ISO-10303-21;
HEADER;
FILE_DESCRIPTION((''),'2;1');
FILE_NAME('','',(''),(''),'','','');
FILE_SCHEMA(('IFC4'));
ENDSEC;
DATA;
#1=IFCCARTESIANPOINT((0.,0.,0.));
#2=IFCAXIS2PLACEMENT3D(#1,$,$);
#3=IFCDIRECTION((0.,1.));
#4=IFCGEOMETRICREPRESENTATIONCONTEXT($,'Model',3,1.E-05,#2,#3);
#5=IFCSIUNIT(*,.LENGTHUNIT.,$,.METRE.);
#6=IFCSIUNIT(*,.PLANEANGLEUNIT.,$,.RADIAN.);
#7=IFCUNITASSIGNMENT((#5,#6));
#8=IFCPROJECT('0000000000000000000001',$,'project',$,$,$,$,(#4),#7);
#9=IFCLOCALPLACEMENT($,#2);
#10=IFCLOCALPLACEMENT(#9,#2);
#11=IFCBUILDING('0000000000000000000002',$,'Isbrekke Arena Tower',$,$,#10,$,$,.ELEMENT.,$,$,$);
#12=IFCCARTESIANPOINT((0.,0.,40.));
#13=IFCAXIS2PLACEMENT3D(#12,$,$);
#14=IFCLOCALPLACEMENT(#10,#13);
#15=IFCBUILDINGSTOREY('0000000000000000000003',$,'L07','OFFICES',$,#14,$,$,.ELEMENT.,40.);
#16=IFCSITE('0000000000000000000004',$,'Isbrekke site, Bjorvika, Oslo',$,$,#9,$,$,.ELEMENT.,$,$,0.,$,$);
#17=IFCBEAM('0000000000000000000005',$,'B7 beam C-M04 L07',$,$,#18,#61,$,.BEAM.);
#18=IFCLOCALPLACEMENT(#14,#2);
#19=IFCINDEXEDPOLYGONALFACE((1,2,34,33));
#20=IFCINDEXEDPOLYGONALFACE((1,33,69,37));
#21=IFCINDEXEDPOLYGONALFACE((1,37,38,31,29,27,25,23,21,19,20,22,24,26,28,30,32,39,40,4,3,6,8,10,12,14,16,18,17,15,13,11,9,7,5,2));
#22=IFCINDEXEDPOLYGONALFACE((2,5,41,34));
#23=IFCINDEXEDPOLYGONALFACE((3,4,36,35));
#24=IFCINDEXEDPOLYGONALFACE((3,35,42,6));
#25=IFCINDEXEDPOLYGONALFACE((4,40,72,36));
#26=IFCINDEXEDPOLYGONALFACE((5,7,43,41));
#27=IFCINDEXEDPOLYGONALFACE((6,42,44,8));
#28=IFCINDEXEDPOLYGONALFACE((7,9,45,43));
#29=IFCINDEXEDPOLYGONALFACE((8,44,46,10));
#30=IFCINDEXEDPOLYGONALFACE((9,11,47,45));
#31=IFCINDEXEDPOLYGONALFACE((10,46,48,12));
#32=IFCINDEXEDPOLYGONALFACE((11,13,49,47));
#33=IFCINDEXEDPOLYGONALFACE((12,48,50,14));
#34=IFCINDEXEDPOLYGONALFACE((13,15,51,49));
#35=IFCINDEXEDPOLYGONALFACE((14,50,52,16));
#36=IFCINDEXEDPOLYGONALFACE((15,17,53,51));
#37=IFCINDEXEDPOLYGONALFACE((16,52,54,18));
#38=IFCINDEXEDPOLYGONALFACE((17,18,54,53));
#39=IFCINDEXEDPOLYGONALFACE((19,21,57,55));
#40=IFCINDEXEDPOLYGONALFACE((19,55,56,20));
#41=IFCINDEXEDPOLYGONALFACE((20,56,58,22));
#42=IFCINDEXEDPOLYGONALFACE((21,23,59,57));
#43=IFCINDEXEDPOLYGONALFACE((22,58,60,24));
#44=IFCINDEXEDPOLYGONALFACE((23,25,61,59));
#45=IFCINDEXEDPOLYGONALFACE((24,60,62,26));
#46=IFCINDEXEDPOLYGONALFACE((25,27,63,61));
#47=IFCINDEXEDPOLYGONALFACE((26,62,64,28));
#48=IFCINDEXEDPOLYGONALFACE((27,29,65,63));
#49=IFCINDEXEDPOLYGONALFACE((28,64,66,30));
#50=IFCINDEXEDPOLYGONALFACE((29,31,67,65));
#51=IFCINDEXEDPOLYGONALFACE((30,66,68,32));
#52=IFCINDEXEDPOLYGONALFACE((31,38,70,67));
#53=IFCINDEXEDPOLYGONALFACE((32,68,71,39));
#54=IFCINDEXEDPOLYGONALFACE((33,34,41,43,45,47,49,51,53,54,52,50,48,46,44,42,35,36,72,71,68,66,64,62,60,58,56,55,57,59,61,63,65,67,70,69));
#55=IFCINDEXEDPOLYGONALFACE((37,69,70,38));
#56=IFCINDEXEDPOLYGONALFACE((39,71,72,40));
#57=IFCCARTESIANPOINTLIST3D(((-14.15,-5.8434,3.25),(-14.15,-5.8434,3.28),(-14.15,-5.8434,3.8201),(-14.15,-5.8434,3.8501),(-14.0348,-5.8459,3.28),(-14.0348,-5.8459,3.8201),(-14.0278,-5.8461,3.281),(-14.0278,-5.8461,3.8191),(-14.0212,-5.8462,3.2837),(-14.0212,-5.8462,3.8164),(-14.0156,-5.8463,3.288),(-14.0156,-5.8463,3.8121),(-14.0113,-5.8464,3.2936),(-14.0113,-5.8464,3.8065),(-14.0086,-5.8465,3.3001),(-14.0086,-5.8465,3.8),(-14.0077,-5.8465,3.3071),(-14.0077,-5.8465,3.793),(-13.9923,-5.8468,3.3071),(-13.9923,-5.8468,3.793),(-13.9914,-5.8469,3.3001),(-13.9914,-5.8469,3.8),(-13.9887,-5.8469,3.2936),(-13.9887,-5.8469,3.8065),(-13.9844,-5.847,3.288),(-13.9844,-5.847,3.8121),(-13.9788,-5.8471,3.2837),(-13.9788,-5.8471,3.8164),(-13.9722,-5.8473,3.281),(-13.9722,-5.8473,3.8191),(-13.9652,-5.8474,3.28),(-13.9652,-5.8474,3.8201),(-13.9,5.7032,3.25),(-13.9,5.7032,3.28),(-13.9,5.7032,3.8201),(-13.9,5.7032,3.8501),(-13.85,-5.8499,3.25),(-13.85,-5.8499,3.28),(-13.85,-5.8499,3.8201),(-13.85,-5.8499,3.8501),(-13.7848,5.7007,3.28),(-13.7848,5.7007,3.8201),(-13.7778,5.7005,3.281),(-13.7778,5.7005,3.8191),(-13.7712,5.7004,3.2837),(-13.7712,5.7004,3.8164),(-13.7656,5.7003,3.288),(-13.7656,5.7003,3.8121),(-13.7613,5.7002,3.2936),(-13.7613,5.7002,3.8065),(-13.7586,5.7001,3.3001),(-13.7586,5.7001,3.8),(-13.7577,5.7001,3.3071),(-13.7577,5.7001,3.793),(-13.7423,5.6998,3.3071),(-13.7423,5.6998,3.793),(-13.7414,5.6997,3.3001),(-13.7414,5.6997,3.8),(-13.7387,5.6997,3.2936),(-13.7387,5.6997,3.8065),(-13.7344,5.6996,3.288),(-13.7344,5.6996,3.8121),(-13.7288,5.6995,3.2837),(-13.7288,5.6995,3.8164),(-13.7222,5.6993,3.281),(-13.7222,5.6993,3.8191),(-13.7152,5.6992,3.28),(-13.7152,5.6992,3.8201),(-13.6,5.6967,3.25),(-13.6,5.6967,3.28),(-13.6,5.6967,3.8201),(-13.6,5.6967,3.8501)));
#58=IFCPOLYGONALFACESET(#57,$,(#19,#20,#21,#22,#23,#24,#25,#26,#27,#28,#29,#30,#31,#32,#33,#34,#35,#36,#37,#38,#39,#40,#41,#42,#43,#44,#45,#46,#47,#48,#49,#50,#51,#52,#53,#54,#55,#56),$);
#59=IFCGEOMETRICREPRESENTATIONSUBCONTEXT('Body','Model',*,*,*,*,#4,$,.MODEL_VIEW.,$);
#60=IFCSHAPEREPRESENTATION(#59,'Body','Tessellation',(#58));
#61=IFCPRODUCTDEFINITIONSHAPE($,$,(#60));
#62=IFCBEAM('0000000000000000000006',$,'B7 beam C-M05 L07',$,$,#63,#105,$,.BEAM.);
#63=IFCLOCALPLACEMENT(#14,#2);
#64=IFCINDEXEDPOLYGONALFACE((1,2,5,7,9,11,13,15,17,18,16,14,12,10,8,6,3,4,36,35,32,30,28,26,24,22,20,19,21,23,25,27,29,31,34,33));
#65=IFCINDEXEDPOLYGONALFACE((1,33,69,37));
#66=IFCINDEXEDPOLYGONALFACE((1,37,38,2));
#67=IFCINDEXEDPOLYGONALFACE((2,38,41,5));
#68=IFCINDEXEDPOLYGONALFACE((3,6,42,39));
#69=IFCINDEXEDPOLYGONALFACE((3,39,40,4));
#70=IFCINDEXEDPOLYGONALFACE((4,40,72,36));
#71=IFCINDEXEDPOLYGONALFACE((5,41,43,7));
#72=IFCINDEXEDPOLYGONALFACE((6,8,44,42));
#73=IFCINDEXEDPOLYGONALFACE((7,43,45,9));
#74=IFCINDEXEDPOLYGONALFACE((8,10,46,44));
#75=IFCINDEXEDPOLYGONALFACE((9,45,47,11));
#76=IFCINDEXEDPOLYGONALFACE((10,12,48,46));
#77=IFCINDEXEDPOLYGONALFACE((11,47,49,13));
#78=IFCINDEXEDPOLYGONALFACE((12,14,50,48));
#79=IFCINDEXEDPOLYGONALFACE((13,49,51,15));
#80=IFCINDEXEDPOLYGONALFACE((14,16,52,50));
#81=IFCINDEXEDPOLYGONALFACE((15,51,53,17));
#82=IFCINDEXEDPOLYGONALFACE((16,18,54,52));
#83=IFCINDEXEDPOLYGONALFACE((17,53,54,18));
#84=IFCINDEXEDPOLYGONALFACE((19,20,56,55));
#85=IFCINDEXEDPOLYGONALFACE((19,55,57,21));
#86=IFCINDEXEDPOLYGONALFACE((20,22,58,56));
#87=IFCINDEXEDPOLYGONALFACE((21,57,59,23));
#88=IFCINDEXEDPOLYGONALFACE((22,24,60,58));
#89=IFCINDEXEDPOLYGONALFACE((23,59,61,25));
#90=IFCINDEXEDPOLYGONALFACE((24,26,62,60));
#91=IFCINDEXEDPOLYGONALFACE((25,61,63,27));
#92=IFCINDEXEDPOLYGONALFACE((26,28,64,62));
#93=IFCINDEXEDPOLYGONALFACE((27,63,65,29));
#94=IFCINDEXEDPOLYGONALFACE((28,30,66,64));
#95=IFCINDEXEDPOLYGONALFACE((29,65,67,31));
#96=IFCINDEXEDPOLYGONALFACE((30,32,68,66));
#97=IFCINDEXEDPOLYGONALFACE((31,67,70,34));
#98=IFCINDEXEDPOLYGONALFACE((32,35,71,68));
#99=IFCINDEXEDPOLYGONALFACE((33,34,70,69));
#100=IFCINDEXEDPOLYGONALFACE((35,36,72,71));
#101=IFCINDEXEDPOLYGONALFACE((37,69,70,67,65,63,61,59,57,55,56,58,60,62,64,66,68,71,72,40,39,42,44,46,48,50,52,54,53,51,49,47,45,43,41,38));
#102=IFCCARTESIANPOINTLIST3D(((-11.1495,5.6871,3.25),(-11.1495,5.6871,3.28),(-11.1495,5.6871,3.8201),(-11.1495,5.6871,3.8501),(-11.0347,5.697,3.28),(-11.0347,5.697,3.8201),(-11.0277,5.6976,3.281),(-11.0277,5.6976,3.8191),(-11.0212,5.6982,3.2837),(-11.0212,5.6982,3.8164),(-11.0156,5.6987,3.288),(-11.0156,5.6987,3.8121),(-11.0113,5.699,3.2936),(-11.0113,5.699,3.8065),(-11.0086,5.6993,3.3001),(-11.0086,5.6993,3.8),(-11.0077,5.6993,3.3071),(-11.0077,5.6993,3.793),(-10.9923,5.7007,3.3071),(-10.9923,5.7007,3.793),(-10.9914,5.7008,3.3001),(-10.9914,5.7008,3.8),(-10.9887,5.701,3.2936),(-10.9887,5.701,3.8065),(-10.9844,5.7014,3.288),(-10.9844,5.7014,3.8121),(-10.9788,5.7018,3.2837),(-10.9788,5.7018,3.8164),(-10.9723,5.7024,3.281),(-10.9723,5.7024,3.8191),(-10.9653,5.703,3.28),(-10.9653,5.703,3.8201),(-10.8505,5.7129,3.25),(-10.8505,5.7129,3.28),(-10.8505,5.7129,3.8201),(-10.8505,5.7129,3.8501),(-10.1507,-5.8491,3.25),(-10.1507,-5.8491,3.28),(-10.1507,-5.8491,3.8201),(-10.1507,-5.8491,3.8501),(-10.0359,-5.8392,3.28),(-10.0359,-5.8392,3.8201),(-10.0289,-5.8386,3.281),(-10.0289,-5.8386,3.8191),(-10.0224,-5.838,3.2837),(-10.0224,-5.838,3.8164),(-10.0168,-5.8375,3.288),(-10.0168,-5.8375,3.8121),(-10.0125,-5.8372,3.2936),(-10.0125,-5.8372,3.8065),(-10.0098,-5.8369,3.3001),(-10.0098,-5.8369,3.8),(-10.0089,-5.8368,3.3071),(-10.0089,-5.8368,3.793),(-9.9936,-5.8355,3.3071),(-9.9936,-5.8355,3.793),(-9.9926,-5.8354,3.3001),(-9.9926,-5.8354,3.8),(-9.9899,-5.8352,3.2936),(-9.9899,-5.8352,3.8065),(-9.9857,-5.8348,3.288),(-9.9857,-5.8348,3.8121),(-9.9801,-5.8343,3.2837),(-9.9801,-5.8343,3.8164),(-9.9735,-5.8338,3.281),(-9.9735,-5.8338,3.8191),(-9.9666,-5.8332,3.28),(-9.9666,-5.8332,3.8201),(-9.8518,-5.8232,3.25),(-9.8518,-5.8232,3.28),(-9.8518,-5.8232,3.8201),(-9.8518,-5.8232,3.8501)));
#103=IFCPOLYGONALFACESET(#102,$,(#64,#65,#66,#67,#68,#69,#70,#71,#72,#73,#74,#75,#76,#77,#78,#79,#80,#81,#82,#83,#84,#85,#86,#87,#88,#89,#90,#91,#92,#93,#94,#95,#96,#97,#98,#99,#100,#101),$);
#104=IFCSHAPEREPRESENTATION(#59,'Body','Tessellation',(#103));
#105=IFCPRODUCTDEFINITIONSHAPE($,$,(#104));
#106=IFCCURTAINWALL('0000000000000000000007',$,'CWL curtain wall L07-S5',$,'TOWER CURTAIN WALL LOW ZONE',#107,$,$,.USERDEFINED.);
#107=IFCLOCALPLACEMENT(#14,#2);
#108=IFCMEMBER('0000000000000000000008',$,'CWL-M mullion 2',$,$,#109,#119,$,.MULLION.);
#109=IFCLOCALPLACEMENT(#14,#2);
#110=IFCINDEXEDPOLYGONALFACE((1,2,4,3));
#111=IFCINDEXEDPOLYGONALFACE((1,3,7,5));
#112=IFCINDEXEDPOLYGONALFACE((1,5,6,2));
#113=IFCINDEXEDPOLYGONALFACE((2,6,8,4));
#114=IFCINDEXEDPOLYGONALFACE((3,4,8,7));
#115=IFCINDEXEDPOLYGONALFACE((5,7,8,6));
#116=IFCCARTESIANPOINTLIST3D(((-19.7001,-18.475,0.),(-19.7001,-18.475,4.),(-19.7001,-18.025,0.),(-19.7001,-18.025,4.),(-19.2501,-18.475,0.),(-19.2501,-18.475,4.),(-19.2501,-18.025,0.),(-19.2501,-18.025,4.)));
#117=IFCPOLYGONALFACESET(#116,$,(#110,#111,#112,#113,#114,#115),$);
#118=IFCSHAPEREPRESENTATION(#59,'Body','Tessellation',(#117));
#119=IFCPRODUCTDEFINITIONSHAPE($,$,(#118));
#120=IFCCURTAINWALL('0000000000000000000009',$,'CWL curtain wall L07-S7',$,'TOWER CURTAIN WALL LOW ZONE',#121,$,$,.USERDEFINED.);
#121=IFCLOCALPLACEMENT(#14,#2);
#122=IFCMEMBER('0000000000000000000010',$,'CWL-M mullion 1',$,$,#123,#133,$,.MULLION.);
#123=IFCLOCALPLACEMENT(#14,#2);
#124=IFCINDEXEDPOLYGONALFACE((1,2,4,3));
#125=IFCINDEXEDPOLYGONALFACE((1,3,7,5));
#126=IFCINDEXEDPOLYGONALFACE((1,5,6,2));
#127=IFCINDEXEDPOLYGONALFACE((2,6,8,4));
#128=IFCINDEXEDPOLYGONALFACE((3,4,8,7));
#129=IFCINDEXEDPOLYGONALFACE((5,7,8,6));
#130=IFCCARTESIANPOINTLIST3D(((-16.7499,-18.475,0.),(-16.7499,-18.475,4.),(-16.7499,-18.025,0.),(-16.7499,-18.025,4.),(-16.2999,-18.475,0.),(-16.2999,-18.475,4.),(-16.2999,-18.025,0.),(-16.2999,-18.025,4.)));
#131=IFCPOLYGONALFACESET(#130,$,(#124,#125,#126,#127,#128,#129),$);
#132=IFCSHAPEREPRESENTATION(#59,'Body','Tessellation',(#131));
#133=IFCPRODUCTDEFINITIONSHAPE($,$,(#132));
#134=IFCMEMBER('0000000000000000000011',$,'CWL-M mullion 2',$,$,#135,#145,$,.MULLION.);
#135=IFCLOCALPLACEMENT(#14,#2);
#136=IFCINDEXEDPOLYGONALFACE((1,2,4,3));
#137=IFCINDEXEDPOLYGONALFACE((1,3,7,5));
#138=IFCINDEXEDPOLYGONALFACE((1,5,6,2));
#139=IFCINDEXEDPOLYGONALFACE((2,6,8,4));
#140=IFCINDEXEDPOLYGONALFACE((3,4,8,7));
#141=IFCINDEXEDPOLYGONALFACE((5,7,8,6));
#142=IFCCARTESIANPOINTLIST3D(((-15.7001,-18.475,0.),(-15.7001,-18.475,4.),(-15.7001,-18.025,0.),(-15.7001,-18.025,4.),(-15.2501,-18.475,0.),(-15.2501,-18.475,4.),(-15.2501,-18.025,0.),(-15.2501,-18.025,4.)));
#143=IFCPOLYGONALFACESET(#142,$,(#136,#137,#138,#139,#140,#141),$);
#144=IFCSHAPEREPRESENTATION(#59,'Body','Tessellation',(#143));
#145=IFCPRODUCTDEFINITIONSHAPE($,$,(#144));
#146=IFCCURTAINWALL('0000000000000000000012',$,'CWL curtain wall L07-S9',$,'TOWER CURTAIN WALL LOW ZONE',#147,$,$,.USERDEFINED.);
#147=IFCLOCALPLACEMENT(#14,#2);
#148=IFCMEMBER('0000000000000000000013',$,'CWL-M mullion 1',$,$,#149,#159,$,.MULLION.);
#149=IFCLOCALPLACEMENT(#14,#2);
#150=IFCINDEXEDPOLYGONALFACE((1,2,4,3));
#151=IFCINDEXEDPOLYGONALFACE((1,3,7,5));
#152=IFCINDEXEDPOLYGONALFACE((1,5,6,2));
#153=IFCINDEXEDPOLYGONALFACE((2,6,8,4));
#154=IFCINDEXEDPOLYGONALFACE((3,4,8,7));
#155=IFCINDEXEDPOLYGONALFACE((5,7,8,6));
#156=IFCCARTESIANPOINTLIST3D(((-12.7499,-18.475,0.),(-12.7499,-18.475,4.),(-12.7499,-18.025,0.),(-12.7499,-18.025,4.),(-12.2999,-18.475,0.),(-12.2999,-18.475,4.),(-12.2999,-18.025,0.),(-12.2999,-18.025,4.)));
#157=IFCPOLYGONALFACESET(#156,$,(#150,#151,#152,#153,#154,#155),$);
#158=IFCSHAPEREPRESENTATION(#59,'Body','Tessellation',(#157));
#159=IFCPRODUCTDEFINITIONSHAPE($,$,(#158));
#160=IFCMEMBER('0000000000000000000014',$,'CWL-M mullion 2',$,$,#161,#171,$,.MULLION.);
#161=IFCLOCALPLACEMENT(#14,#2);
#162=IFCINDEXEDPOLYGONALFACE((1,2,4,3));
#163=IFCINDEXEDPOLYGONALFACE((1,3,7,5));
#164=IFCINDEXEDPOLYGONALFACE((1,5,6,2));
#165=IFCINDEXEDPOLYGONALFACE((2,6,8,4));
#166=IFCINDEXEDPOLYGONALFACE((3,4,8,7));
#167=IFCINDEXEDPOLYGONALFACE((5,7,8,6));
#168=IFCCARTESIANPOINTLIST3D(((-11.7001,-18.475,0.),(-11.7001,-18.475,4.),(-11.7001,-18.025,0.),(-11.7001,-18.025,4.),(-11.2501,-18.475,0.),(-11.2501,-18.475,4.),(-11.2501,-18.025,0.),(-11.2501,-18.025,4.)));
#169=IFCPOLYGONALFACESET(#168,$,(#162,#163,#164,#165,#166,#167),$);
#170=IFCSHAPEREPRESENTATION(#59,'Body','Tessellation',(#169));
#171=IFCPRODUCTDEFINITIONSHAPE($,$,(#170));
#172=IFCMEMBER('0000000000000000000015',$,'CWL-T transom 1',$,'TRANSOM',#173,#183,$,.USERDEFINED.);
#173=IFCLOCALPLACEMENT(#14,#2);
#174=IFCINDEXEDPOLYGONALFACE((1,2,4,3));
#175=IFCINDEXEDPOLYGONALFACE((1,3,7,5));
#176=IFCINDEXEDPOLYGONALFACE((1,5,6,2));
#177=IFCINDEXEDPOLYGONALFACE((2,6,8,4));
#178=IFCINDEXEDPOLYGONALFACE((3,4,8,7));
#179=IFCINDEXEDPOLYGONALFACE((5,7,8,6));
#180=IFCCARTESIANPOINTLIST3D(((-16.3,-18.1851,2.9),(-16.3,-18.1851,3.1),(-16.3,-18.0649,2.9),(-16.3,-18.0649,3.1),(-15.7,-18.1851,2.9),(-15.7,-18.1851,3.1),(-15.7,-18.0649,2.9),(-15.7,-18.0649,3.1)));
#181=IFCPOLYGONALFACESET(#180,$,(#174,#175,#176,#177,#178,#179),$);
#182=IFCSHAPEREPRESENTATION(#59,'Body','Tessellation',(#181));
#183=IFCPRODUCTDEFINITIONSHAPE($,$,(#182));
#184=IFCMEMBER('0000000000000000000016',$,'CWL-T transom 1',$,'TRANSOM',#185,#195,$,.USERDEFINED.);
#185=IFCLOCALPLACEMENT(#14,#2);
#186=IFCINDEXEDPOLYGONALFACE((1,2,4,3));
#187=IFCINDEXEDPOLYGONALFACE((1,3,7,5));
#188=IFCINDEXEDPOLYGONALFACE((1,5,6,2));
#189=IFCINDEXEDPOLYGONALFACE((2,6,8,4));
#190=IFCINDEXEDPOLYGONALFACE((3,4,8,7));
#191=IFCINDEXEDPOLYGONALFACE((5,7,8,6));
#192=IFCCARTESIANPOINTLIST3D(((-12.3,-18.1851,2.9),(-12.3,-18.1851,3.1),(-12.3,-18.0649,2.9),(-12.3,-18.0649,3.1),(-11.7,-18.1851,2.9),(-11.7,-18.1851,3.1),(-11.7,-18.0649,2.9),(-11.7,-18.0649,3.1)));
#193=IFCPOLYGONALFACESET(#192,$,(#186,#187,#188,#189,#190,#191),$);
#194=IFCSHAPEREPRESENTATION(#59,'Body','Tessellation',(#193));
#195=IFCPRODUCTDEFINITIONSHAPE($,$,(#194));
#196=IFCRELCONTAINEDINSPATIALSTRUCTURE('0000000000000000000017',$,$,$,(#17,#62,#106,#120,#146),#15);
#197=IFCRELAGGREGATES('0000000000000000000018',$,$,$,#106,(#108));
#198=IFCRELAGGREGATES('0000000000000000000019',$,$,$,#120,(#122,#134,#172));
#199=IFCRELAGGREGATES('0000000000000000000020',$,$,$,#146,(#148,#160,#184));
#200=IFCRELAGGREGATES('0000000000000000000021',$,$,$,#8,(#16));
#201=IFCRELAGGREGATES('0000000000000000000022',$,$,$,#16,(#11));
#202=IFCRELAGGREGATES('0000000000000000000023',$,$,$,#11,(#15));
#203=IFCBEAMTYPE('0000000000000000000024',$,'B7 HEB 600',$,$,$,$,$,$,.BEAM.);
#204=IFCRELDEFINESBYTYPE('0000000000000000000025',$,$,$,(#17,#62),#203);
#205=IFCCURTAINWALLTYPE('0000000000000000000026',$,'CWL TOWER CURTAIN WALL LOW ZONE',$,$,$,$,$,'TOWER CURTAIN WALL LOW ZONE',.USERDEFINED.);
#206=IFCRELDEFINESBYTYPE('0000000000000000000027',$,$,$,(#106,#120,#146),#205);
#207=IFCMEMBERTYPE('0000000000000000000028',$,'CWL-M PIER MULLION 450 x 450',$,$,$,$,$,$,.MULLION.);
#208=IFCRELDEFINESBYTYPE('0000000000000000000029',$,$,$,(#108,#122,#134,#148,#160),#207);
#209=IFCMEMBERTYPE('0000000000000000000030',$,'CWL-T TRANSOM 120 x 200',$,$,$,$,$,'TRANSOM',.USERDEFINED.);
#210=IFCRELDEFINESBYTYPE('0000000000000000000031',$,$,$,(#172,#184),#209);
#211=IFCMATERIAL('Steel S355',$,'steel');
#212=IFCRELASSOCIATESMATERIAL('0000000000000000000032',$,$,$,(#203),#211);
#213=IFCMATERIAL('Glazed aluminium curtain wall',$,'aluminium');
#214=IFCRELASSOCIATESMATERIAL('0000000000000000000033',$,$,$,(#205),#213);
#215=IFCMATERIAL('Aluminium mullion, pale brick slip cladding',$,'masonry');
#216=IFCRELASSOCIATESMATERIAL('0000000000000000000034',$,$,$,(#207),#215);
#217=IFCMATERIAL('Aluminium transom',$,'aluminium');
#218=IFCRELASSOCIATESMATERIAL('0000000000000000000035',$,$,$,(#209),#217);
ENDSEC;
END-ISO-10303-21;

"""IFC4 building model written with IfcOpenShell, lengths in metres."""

from ifc_helpers import new_model, si_unit, direction, frame, origin, origin_2d, place, context, subcontext, project, spatial, rectangle, i_section, extrude, material, material_profile, profile_set, type_object, element, aggregate, save


model = new_model("IFC4")

# Units and contexts
model_context = context("Model", 3, precision=1e-05, world=origin(), true_north=direction((0.0, 1.0)))
body_context = subcontext(model_context, "Body", "Model", "MODEL_VIEW")
ifc_project = project(units=[si_unit("LENGTHUNIT", "METRE"), si_unit("PLANEANGLEUNIT", "RADIAN")], contexts=[model_context])

# Site, building, storey
site_placement = place(None, origin())
site = spatial("IfcSite", under=ifc_project, at=site_placement, Name="Isbrekke site, Bjorvika, Oslo", CompositionType="ELEMENT", RefElevation=0.0)
building_placement = place(site_placement, origin())
building = spatial("IfcBuilding", under=site, at=building_placement, Name="Isbrekke Arena Tower", CompositionType="ELEMENT")
storey_placement = place(building_placement, frame((0.0, 0.0, 40.0)))
storey = spatial("IfcBuildingStorey", under=building, at=storey_placement, Name="L07", Description="OFFICES", CompositionType="ELEMENT", Elevation=40.0)

# Beams
ifc_material_1 = material(Name="Steel S355", Category="steel")
ifc_material_profile_1 = material_profile(ifc_material_1, i_section(OverallWidth=0.3, OverallDepth=0.6001, WebThickness=0.0154, FlangeThickness=0.03, FilletRadius=0.0271, at=origin_2d()), Name="HEB 600")
ifc_profile_set_1 = profile_set([ifc_material_profile_1], Name="Steel S355")
beam_type_1 = type_object("IfcBeamType", Name="B7 HEB 600", PredefinedType="BEAM", material=ifc_profile_set_1)
beam_1_placement = place(storey_placement, frame((-14.0, -5.8467, 3.55), z_axis=(0.021646, 0.999766, 0.0), x_axis=(-0.999766, 0.021646, 0.0)))
element("IfcBeam", 1, at=beam_1_placement, inside=storey, type_object=beam_type_1, Name="B7 beam C-M04 L07", PredefinedType="BEAM", context=body_context, shape_type="SweptSolid", body=[
    extrude(i_section(OverallWidth=0.3, OverallDepth=0.6001, WebThickness=0.0154, FlangeThickness=0.03, FilletRadius=0.0271, at=origin_2d()), origin(), (0.0, 0.0, 1.0), 11.5493),
])
beam_2_placement = place(storey_placement, frame((-10.0012, -5.8362, 3.55), z_axis=(-0.086256, 0.996273, 0.0), x_axis=(-0.996273, -0.086256, 0.0)))
element("IfcBeam", 2, at=beam_2_placement, inside=storey, type_object=beam_type_1, Name="B7 beam C-M05 L07", PredefinedType="BEAM", context=body_context, shape_type="SweptSolid", body=[
    extrude(i_section(OverallWidth=0.3, OverallDepth=0.6001, WebThickness=0.0154, FlangeThickness=0.03, FilletRadius=0.0271, at=origin_2d()), origin(), (0.0, 0.0, 1.0), 11.5793),
])

# Curtain wall, member
ifc_material_2 = material(Name="Glazed aluminium curtain wall", Category="aluminium")
curtain_wall_type = type_object("IfcCurtainWallType", Name="CWL TOWER CURTAIN WALL LOW ZONE", ElementType="TOWER CURTAIN WALL LOW ZONE", PredefinedType="USERDEFINED", material=ifc_material_2)
curtain_wall_1_placement = place(storey_placement, origin())
curtain_wall_1 = element("IfcCurtainWall", 3, at=curtain_wall_1_placement, inside=storey, type_object=curtain_wall_type, Name="CWL curtain wall L07-S5", ObjectType="TOWER CURTAIN WALL LOW ZONE", PredefinedType="USERDEFINED")
ifc_material_3 = material(Name="Aluminium mullion, pale brick slip cladding", Category="masonry")
ifc_material_profile_2 = material_profile(ifc_material_3, rectangle(XDim=0.45, YDim=0.45, at=origin_2d()), Name="PIER 450X450")
ifc_profile_set_2 = profile_set([ifc_material_profile_2], Name="Aluminium mullion, pale brick slip cladding")
member_type_1 = type_object("IfcMemberType", Name="CWL-M PIER MULLION 450 x 450", PredefinedType="MULLION", material=ifc_profile_set_2)
member_1_placement = place(storey_placement, frame((-19.4751, -18.25, 0.0), z_axis=(0.0, 0.0, 1.0), x_axis=(1.0, 0.0, 0.0)))
member_1 = element("IfcMember", 4, at=member_1_placement, type_object=member_type_1, Name="CWL-M mullion 2", PredefinedType="MULLION", context=body_context, shape_type="SweptSolid", body=[
    extrude(rectangle(XDim=0.45, YDim=0.45, at=origin_2d()), origin(), (0.0, 0.0, 1.0), 4.0),
])
aggregate(curtain_wall_1, [member_1])

# Curtain walls, members
curtain_wall_2_placement = place(storey_placement, origin())
curtain_wall_2 = element("IfcCurtainWall", 5, at=curtain_wall_2_placement, inside=storey, type_object=curtain_wall_type, Name="CWL curtain wall L07-S7", ObjectType="TOWER CURTAIN WALL LOW ZONE", PredefinedType="USERDEFINED")
member_2_placement = place(storey_placement, frame((-16.5249, -18.25, 0.0), z_axis=(0.0, 0.0, 1.0), x_axis=(1.0, 0.0, 0.0)))
member_2 = element("IfcMember", 6, at=member_2_placement, type_object=member_type_1, Name="CWL-M mullion 1", PredefinedType="MULLION", context=body_context, shape_type="SweptSolid", body=[
    extrude(rectangle(XDim=0.45, YDim=0.45, at=origin_2d()), origin(), (0.0, 0.0, 1.0), 4.0),
])
member_3_placement = place(storey_placement, frame((-15.4751, -18.25, 0.0), z_axis=(0.0, 0.0, 1.0), x_axis=(1.0, 0.0, 0.0)))
member_3 = element("IfcMember", 7, at=member_3_placement, type_object=member_type_1, Name="CWL-M mullion 2", PredefinedType="MULLION", context=body_context, shape_type="SweptSolid", body=[
    extrude(rectangle(XDim=0.45, YDim=0.45, at=origin_2d()), origin(), (0.0, 0.0, 1.0), 4.0),
])
curtain_wall_3_placement = place(storey_placement, origin())
curtain_wall_3 = element("IfcCurtainWall", 8, at=curtain_wall_3_placement, inside=storey, type_object=curtain_wall_type, Name="CWL curtain wall L07-S9", ObjectType="TOWER CURTAIN WALL LOW ZONE", PredefinedType="USERDEFINED")
member_4_placement = place(storey_placement, frame((-12.5249, -18.25, 0.0), z_axis=(0.0, 0.0, 1.0), x_axis=(1.0, 0.0, 0.0)))
member_4 = element("IfcMember", 9, at=member_4_placement, type_object=member_type_1, Name="CWL-M mullion 1", PredefinedType="MULLION", context=body_context, shape_type="SweptSolid", body=[
    extrude(rectangle(XDim=0.45, YDim=0.45, at=origin_2d()), origin(), (0.0, 0.0, 1.0), 4.0),
])
member_5_placement = place(storey_placement, frame((-11.4751, -18.25, 0.0), z_axis=(0.0, 0.0, 1.0), x_axis=(1.0, 0.0, 0.0)))
member_5 = element("IfcMember", 10, at=member_5_placement, type_object=member_type_1, Name="CWL-M mullion 2", PredefinedType="MULLION", context=body_context, shape_type="SweptSolid", body=[
    extrude(rectangle(XDim=0.45, YDim=0.45, at=origin_2d()), origin(), (0.0, 0.0, 1.0), 4.0),
])

# Members
ifc_material_4 = material(Name="Aluminium transom", Category="aluminium")
ifc_material_profile_3 = material_profile(ifc_material_4, rectangle(XDim=0.1201, YDim=0.2, at=origin_2d()), Name="TRANSOM 120X200")
ifc_profile_set_3 = profile_set([ifc_material_profile_3], Name="Aluminium transom")
member_type_2 = type_object("IfcMemberType", Name="CWL-T TRANSOM 120 x 200", ElementType="TRANSOM", PredefinedType="USERDEFINED", material=ifc_profile_set_3)
member_6_placement = place(storey_placement, frame((-16.3, -18.125, 3.0), z_axis=(1.0, 0.0, 0.0), x_axis=(0.0, 1.0, 0.0)))
member_6 = element("IfcMember", 11, at=member_6_placement, type_object=member_type_2, Name="CWL-T transom 1", ObjectType="TRANSOM", PredefinedType="USERDEFINED", context=body_context, shape_type="SweptSolid", body=[
    extrude(rectangle(XDim=0.1201, YDim=0.2, at=origin_2d()), origin(), (0.0, 0.0, 1.0), 0.6001),
])
member_7_placement = place(storey_placement, frame((-12.3, -18.125, 3.0), z_axis=(1.0, 0.0, 0.0), x_axis=(0.0, 1.0, 0.0)))
member_7 = element("IfcMember", 12, at=member_7_placement, type_object=member_type_2, Name="CWL-T transom 1", ObjectType="TRANSOM", PredefinedType="USERDEFINED", context=body_context, shape_type="SweptSolid", body=[
    extrude(rectangle(XDim=0.1201, YDim=0.2, at=origin_2d()), origin(), (0.0, 0.0, 1.0), 0.6001),
])

aggregate(curtain_wall_2, [member_2, member_3, member_6])
aggregate(curtain_wall_3, [member_4, member_5, member_7])

save(model, "model.ifc")
